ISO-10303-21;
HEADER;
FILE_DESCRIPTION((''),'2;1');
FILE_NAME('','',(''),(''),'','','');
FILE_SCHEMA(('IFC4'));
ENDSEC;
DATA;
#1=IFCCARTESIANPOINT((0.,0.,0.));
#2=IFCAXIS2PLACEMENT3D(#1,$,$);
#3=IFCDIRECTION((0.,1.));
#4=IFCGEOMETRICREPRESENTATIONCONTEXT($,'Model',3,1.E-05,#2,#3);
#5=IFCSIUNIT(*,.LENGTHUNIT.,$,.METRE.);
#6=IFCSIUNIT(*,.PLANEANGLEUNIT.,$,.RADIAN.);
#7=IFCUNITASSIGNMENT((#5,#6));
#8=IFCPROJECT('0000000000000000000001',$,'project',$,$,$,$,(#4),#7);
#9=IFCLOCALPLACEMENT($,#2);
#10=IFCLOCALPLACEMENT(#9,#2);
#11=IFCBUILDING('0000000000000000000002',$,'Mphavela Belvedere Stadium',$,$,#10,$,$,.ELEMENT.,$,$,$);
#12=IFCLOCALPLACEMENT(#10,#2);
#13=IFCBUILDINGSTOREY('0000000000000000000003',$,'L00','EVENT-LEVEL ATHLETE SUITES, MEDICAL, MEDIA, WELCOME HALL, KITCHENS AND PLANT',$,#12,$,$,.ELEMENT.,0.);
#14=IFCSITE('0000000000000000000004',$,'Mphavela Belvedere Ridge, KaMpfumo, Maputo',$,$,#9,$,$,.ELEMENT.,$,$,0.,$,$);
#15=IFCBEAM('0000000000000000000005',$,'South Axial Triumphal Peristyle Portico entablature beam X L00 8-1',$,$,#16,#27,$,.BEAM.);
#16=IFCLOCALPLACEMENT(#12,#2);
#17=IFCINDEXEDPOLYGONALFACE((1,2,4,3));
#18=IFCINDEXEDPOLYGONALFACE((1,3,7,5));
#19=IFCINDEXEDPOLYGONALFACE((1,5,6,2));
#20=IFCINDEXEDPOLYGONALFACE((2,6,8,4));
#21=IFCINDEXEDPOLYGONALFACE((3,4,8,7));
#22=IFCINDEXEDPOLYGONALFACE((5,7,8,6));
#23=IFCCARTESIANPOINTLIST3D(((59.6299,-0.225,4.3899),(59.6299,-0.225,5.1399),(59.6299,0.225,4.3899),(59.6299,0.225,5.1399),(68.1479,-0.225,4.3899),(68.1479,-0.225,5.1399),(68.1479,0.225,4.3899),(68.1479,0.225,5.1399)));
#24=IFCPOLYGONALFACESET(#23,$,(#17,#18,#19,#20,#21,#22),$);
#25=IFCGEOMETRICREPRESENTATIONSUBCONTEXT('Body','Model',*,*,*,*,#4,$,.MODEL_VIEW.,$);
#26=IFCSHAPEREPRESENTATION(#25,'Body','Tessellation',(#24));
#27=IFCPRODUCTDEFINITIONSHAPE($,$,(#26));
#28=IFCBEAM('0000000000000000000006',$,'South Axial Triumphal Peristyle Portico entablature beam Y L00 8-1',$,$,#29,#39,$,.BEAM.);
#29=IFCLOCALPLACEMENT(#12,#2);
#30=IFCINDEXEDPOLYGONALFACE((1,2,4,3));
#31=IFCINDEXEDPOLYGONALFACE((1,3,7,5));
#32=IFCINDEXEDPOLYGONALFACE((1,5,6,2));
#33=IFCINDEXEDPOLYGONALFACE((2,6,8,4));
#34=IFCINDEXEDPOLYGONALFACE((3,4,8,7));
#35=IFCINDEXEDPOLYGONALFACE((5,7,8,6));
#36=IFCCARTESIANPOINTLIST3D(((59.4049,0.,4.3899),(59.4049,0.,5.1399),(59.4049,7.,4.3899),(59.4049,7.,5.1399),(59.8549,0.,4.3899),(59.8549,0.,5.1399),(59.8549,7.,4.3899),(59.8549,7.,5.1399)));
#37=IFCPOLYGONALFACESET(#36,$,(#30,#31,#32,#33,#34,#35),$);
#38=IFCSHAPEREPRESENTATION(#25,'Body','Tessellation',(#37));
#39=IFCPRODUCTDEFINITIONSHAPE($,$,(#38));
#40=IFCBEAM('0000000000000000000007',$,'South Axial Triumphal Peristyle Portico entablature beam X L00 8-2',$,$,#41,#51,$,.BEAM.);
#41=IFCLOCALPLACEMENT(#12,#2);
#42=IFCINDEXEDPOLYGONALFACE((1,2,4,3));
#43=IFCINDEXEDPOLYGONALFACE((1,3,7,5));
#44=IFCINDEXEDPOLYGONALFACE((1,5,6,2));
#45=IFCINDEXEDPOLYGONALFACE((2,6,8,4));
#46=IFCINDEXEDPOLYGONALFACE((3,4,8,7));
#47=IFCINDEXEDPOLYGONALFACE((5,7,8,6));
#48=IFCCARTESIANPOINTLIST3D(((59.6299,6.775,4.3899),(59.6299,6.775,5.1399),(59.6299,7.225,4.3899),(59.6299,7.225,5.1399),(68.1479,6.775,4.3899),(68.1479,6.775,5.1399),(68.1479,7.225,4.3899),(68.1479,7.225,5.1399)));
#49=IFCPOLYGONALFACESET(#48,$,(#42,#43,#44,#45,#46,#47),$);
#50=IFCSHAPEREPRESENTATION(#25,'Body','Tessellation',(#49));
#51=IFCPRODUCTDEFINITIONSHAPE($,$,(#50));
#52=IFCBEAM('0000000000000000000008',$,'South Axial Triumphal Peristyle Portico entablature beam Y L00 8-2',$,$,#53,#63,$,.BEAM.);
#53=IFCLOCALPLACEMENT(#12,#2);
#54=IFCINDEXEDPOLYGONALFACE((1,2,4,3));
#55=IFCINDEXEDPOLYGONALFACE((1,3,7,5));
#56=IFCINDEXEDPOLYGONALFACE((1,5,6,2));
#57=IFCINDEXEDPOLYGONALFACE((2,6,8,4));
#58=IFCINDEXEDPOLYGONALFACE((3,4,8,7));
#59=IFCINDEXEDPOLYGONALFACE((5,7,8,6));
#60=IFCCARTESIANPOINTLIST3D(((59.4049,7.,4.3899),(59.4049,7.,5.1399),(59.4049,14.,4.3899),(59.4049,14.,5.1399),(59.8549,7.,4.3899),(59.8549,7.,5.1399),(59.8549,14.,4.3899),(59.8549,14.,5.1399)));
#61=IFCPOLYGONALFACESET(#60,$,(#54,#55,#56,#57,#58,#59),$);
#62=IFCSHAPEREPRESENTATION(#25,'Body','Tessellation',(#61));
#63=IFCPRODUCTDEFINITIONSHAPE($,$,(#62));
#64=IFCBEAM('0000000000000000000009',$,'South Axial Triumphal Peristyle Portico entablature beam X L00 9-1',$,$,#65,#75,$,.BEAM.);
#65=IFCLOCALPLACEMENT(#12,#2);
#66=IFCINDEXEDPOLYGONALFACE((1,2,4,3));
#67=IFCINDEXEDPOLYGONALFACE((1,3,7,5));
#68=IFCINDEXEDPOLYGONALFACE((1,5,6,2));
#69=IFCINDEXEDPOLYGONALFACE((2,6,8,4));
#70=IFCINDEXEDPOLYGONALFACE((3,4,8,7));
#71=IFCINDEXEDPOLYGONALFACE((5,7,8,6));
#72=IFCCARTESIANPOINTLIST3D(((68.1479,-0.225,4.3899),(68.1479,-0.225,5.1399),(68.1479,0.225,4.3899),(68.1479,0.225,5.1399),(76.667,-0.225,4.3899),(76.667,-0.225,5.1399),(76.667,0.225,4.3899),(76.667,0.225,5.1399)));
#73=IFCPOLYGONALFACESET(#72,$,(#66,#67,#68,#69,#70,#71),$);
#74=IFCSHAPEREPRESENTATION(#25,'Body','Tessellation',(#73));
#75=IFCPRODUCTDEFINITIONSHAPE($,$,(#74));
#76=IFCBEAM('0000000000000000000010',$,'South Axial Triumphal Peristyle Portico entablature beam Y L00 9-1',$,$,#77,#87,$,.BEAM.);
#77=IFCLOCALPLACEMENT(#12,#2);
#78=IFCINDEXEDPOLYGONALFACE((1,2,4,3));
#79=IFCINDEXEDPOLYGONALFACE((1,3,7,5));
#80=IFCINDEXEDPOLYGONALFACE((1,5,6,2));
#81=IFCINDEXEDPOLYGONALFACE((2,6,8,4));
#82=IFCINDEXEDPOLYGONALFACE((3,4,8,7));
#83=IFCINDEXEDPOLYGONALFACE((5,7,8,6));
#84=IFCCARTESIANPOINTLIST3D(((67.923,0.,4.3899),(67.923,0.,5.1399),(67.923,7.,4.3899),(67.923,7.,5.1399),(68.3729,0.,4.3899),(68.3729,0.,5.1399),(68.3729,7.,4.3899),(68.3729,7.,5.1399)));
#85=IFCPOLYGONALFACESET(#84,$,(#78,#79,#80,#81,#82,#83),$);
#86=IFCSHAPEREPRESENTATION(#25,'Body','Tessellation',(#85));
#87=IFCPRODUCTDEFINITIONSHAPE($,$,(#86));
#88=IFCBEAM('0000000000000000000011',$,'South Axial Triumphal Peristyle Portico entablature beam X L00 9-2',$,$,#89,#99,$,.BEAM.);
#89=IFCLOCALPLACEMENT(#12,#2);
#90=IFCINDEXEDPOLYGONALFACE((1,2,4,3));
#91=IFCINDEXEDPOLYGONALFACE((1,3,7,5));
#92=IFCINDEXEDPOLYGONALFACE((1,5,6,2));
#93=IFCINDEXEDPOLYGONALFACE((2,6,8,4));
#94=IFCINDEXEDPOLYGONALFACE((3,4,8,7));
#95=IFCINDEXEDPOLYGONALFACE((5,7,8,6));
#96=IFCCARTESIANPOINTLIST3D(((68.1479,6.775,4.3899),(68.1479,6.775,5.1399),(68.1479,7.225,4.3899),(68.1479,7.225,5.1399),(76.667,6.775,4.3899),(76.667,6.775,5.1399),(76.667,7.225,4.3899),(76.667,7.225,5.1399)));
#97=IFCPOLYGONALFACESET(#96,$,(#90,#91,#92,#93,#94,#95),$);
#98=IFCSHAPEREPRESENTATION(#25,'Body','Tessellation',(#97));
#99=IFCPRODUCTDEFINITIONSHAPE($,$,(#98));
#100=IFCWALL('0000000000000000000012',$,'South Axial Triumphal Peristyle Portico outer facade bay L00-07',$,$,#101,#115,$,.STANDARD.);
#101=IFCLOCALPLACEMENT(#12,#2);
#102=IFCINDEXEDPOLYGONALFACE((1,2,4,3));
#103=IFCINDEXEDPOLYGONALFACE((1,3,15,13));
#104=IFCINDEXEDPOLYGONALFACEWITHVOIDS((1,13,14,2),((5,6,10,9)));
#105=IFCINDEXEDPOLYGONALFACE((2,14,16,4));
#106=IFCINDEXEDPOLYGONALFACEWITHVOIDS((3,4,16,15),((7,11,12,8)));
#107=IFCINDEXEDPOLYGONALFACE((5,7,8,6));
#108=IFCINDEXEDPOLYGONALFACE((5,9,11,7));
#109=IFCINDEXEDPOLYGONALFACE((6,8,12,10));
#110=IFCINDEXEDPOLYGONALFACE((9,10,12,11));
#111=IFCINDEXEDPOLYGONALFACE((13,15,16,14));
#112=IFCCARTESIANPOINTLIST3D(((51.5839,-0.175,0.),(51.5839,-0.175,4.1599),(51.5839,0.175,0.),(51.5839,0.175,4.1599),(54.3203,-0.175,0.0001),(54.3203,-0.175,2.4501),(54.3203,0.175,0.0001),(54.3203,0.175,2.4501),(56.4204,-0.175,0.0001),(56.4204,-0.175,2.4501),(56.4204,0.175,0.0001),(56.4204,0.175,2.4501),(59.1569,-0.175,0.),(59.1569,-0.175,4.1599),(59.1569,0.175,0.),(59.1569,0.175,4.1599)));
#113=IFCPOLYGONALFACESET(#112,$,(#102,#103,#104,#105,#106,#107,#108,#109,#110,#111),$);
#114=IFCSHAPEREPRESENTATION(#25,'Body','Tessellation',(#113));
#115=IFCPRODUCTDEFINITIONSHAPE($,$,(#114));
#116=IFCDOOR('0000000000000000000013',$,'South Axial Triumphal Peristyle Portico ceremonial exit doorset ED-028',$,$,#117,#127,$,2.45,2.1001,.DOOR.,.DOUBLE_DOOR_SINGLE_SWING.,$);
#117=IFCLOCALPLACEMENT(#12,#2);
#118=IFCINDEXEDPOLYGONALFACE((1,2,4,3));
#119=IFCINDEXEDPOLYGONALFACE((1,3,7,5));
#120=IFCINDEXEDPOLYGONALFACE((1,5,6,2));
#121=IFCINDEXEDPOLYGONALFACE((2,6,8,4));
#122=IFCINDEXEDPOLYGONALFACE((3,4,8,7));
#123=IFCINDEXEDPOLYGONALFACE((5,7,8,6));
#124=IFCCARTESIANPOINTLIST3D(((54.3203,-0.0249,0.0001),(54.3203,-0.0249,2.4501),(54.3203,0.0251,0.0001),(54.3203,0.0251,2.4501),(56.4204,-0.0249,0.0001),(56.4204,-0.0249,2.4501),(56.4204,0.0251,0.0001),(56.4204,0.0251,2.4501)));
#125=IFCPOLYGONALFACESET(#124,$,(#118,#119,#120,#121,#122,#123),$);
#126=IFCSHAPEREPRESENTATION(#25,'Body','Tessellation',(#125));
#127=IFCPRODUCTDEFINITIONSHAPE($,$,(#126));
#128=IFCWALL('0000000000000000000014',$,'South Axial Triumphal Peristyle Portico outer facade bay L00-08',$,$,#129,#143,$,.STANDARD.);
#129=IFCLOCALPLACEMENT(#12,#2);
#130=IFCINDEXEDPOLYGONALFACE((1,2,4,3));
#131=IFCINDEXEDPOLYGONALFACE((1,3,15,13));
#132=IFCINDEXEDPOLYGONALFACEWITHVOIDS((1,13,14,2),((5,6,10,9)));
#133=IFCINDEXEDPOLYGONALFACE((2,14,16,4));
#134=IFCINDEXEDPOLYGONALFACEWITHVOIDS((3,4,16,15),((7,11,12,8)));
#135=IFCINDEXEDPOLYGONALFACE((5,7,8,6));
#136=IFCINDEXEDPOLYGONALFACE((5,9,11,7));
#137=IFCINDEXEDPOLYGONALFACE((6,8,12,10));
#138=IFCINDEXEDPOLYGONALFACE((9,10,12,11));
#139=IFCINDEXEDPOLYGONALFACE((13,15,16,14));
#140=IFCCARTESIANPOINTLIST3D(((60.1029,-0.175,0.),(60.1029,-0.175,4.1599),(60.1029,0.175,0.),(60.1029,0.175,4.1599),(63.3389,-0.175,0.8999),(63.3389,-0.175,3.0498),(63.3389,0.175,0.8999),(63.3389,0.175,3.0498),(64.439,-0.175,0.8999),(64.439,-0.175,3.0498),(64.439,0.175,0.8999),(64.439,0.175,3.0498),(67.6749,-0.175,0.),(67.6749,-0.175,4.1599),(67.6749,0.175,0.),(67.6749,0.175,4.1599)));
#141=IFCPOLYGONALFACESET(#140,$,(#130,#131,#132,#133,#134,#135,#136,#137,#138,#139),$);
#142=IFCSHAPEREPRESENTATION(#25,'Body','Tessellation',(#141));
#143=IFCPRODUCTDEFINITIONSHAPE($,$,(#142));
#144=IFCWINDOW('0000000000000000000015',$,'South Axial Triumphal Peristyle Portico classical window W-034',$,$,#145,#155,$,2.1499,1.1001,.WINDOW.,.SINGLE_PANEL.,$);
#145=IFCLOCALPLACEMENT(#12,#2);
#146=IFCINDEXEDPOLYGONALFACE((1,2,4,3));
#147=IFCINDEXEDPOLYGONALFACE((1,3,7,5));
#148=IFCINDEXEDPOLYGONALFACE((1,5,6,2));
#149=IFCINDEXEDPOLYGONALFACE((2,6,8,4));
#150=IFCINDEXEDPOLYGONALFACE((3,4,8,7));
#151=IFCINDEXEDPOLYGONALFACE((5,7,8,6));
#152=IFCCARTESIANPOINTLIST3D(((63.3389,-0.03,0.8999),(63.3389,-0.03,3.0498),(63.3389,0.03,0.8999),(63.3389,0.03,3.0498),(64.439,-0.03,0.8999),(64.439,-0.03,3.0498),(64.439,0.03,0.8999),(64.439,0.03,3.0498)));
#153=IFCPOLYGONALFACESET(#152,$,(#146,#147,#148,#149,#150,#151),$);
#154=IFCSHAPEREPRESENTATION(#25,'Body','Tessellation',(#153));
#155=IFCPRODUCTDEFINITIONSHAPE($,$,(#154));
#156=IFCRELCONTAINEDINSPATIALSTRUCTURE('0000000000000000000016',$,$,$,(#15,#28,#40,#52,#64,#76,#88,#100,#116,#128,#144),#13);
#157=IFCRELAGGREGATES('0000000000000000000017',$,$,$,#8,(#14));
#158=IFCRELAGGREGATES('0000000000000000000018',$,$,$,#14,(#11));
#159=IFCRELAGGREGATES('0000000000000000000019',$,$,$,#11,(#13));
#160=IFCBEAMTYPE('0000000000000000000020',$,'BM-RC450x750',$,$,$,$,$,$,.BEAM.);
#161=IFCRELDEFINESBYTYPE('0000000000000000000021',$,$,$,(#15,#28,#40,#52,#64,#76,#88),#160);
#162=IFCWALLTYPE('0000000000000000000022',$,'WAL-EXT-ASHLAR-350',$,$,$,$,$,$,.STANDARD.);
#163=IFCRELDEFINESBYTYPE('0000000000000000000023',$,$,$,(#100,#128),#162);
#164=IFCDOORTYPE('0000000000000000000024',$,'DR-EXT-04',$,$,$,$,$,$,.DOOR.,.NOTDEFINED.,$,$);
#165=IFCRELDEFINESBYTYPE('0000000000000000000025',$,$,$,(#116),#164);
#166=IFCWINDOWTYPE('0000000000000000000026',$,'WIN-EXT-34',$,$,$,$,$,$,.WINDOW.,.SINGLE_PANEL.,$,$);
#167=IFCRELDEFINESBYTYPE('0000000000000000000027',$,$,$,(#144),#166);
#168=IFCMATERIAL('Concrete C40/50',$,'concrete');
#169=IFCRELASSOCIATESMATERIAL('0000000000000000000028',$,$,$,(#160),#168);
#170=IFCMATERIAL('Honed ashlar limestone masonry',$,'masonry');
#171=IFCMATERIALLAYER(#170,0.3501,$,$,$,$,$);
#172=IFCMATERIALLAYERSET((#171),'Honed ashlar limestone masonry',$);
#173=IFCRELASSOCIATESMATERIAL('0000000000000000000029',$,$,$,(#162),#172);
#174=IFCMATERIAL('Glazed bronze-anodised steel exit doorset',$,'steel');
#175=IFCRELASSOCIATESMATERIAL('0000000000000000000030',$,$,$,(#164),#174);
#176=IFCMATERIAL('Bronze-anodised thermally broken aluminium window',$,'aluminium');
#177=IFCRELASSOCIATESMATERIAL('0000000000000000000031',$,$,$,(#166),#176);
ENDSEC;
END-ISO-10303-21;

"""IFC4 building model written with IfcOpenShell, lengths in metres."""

from ifc_helpers import new_model, si_unit, direction, frame, frame_2d, origin, origin_2d, place, context, subcontext, project, spatial, rectangle, extrude, material, layer, layer_set, material_profile, profile_set, type_object, element, fill, save


model = new_model("IFC4")

# Units and contexts
model_context = context("Model", 3, precision=1e-05, world=origin(), true_north=direction((0.0, 1.0)))
body_context = subcontext(model_context, "Body", "Model", "MODEL_VIEW")
ifc_project = project(units=[si_unit("LENGTHUNIT", "METRE"), si_unit("PLANEANGLEUNIT", "RADIAN")], contexts=[model_context])

# Site, building, storey
site_placement = place(None, origin())
site = spatial("IfcSite", under=ifc_project, at=site_placement, Name="Mphavela Belvedere Ridge, KaMpfumo, Maputo", CompositionType="ELEMENT", RefElevation=0.0)
building_placement = place(site_placement, origin())
building = spatial("IfcBuilding", under=site, at=building_placement, Name="Mphavela Belvedere Stadium", CompositionType="ELEMENT")
storey_placement = place(building_placement, origin())
storey = spatial("IfcBuildingStorey", under=building, at=storey_placement, Name="L00", Description="EVENT-LEVEL ATHLETE SUITES, MEDICAL, MEDIA, WELCOME HALL, KITCHENS AND PLANT", CompositionType="ELEMENT", Elevation=0.0)

# Beams
ifc_material_1 = material(Name="Concrete C40/50", Category="concrete")
ifc_material_profile_1 = material_profile(ifc_material_1, rectangle(XDim=0.45, YDim=0.75, at=origin_2d()), Name="RC 450x750")
ifc_profile_set_1 = profile_set([ifc_material_profile_1], Name="Concrete C40/50")
beam_type_1 = type_object("IfcBeamType", Name="BM-RC450x750", PredefinedType="BEAM", material=ifc_profile_set_1)
beam_1_placement = place(storey_placement, frame((59.6299, 0.0, 4.7649), z_axis=(1.0, 0.0, 0.0), x_axis=(0.0, 1.0, 0.0)))
element("IfcBeam", 1, at=beam_1_placement, inside=storey, type_object=beam_type_1, Name="South Axial Triumphal Peristyle Portico entablature beam X L00 8-1", PredefinedType="BEAM", context=body_context, shape_type="SweptSolid", body=[
    extrude(rectangle(XDim=0.45, YDim=0.75, at=origin_2d()), origin(), (0.0, 0.0, 1.0), 8.5181),
])
beam_2_placement = place(storey_placement, frame((59.6299, 0.0, 4.7649), z_axis=(0.0, 1.0, 0.0), x_axis=(-1.0, 0.0, 0.0)))
element("IfcBeam", 2, at=beam_2_placement, inside=storey, type_object=beam_type_1, Name="South Axial Triumphal Peristyle Portico entablature beam Y L00 8-1", PredefinedType="BEAM", context=body_context, shape_type="SweptSolid", body=[
    extrude(rectangle(XDim=0.45, YDim=0.75, at=origin_2d()), origin(), (0.0, 0.0, 1.0), 7.0),
])
beam_3_placement = place(storey_placement, frame((59.6299, 7.0, 4.7649), z_axis=(1.0, 0.0, 0.0), x_axis=(0.0, 1.0, 0.0)))
element("IfcBeam", 3, at=beam_3_placement, inside=storey, type_object=beam_type_1, Name="South Axial Triumphal Peristyle Portico entablature beam X L00 8-2", PredefinedType="BEAM", context=body_context, shape_type="SweptSolid", body=[
    extrude(rectangle(XDim=0.45, YDim=0.75, at=origin_2d()), origin(), (0.0, 0.0, 1.0), 8.5181),
])
beam_4_placement = place(storey_placement, frame((59.6299, 7.0, 4.7649), z_axis=(0.0, 1.0, 0.0), x_axis=(-1.0, 0.0, 0.0)))
element("IfcBeam", 4, at=beam_4_placement, inside=storey, type_object=beam_type_1, Name="South Axial Triumphal Peristyle Portico entablature beam Y L00 8-2", PredefinedType="BEAM", context=body_context, shape_type="SweptSolid", body=[
    extrude(rectangle(XDim=0.45, YDim=0.75, at=origin_2d()), origin(), (0.0, 0.0, 1.0), 7.0),
])
beam_5_placement = place(storey_placement, frame((68.1479, 0.0, 4.7649), z_axis=(1.0, 0.0, 0.0), x_axis=(0.0, 1.0, 0.0)))
element("IfcBeam", 5, at=beam_5_placement, inside=storey, type_object=beam_type_1, Name="South Axial Triumphal Peristyle Portico entablature beam X L00 9-1", PredefinedType="BEAM", context=body_context, shape_type="SweptSolid", body=[
    extrude(rectangle(XDim=0.45, YDim=0.75, at=origin_2d()), origin(), (0.0, 0.0, 1.0), 8.519),
])
beam_6_placement = place(storey_placement, frame((68.1479, 0.0, 4.7649), z_axis=(0.0, 1.0, 0.0), x_axis=(-1.0, 0.0, 0.0)))
element("IfcBeam", 6, at=beam_6_placement, inside=storey, type_object=beam_type_1, Name="South Axial Triumphal Peristyle Portico entablature beam Y L00 9-1", PredefinedType="BEAM", context=body_context, shape_type="SweptSolid", body=[
    extrude(rectangle(XDim=0.45, YDim=0.75, at=origin_2d()), origin(), (0.0, 0.0, 1.0), 7.0),
])
beam_7_placement = place(storey_placement, frame((68.1479, 7.0, 4.7649), z_axis=(1.0, 0.0, 0.0), x_axis=(0.0, 1.0, 0.0)))
element("IfcBeam", 7, at=beam_7_placement, inside=storey, type_object=beam_type_1, Name="South Axial Triumphal Peristyle Portico entablature beam X L00 9-2", PredefinedType="BEAM", context=body_context, shape_type="SweptSolid", body=[
    extrude(rectangle(XDim=0.45, YDim=0.75, at=origin_2d()), origin(), (0.0, 0.0, 1.0), 8.519),
])

# Wall, opening, door
ifc_material_2 = material(Name="Honed ashlar limestone masonry", Category="masonry")
ifc_layer_1 = layer(ifc_material_2, 0.3501)
ifc_layer_set_1 = layer_set([ifc_layer_1], Name="Honed ashlar limestone masonry")
wall_type_1 = type_object("IfcWallType", Name="WAL-EXT-ASHLAR-350", PredefinedType="STANDARD", material=ifc_layer_set_1)
wall_1_placement = place(storey_placement, frame((59.157, 0.0, 0.0), z_axis=(0.0, 0.0, 1.0), x_axis=(-1.0, 0.0, 0.0)))
wall_1 = element("IfcWall", 8, at=wall_1_placement, inside=storey, type_object=wall_type_1, Name="South Axial Triumphal Peristyle Portico outer facade bay L00-07", PredefinedType="STANDARD", context=body_context, shape_type="SweptSolid", body=[
    extrude(rectangle(XDim=7.573, YDim=0.3501, at=frame_2d((3.7866, 0.0))), origin(), (0.0, 0.0, 1.0), 4.1599),
])
opening_1_placement = place(wall_1_placement, frame((2.7366, 0.0, 0.0)))
opening_1 = element("IfcOpeningElement", 9, at=opening_1_placement, cuts=wall_1, PredefinedType="OPENING", context=body_context, shape_type="SweptSolid", body=[
    extrude(rectangle(XDim=2.1001, YDim=2.45, at=frame_2d((1.05, 1.2251))), frame((0.0, 0.1851, 0.0), z_axis=(0.0, -1.0, 0.0), x_axis=(1.0, 0.0, 0.0)), (0.0, 0.0, 1.0), 0.3701),
])
ifc_material_3 = material(Name="Glazed bronze-anodised steel exit doorset", Category="steel")
door_type_1 = type_object("IfcDoorType", Name="DR-EXT-04", OperationType="NOTDEFINED", PredefinedType="DOOR", material=ifc_material_3)
door_1_placement = place(opening_1_placement, origin())
door_1 = element("IfcDoor", 10, at=door_1_placement, inside=storey, type_object=door_type_1, Name="South Axial Triumphal Peristyle Portico ceremonial exit doorset ED-028", OperationType="DOUBLE_DOOR_SINGLE_SWING", OverallHeight=2.45, OverallWidth=2.1001, PredefinedType="DOOR", context=body_context, shape_type="SweptSolid", body=[
    extrude(rectangle(XDim=2.1001, YDim=2.45, at=frame_2d((1.05, 1.2251))), frame((0.0, 0.0249, 0.0), z_axis=(0.0, -1.0, 0.0), x_axis=(1.0, 0.0, 0.0)), (0.0, 0.0, 1.0), 0.05),
])
fill(opening_1, door_1)

# Wall, opening, window
wall_2_placement = place(storey_placement, frame((67.675, 0.0, 0.0), z_axis=(0.0, 0.0, 1.0), x_axis=(-1.0, 0.0, 0.0)))
wall_2 = element("IfcWall", 11, at=wall_2_placement, inside=storey, type_object=wall_type_1, Name="South Axial Triumphal Peristyle Portico outer facade bay L00-08", PredefinedType="STANDARD", context=body_context, shape_type="SweptSolid", body=[
    extrude(rectangle(XDim=7.572, YDim=0.3501, at=frame_2d((3.7861, 0.0))), origin(), (0.0, 0.0, 1.0), 4.1599),
])
opening_2_placement = place(wall_2_placement, frame((3.2361, 0.0, 0.8999)))
opening_2 = element("IfcOpeningElement", 12, at=opening_2_placement, cuts=wall_2, PredefinedType="OPENING", context=body_context, shape_type="SweptSolid", body=[
    extrude(rectangle(XDim=1.1001, YDim=2.1499, at=frame_2d((0.55, 1.075))), frame((0.0, 0.1851, 0.0), z_axis=(0.0, -1.0, 0.0), x_axis=(1.0, 0.0, 0.0)), (0.0, 0.0, 1.0), 0.3701),
])
ifc_material_4 = material(Name="Bronze-anodised thermally broken aluminium window", Category="aluminium")
window_type = type_object("IfcWindowType", Name="WIN-EXT-34", PartitioningType="SINGLE_PANEL", PredefinedType="WINDOW", material=ifc_material_4)
window_placement = place(opening_2_placement, origin())
window = element("IfcWindow", 13, at=window_placement, inside=storey, type_object=window_type, Name="South Axial Triumphal Peristyle Portico classical window W-034", OverallHeight=2.1499, OverallWidth=1.1001, PartitioningType="SINGLE_PANEL", PredefinedType="WINDOW", context=body_context, shape_type="SweptSolid", body=[
    extrude(rectangle(XDim=1.1001, YDim=2.1499, at=frame_2d((0.55, 1.075))), frame((0.0, 0.03, 0.0), z_axis=(0.0, -1.0, 0.0), x_axis=(1.0, 0.0, 0.0)), (0.0, 0.0, 1.0), 0.0601),
])
fill(opening_2, window)

save(model, "model.ifc")
